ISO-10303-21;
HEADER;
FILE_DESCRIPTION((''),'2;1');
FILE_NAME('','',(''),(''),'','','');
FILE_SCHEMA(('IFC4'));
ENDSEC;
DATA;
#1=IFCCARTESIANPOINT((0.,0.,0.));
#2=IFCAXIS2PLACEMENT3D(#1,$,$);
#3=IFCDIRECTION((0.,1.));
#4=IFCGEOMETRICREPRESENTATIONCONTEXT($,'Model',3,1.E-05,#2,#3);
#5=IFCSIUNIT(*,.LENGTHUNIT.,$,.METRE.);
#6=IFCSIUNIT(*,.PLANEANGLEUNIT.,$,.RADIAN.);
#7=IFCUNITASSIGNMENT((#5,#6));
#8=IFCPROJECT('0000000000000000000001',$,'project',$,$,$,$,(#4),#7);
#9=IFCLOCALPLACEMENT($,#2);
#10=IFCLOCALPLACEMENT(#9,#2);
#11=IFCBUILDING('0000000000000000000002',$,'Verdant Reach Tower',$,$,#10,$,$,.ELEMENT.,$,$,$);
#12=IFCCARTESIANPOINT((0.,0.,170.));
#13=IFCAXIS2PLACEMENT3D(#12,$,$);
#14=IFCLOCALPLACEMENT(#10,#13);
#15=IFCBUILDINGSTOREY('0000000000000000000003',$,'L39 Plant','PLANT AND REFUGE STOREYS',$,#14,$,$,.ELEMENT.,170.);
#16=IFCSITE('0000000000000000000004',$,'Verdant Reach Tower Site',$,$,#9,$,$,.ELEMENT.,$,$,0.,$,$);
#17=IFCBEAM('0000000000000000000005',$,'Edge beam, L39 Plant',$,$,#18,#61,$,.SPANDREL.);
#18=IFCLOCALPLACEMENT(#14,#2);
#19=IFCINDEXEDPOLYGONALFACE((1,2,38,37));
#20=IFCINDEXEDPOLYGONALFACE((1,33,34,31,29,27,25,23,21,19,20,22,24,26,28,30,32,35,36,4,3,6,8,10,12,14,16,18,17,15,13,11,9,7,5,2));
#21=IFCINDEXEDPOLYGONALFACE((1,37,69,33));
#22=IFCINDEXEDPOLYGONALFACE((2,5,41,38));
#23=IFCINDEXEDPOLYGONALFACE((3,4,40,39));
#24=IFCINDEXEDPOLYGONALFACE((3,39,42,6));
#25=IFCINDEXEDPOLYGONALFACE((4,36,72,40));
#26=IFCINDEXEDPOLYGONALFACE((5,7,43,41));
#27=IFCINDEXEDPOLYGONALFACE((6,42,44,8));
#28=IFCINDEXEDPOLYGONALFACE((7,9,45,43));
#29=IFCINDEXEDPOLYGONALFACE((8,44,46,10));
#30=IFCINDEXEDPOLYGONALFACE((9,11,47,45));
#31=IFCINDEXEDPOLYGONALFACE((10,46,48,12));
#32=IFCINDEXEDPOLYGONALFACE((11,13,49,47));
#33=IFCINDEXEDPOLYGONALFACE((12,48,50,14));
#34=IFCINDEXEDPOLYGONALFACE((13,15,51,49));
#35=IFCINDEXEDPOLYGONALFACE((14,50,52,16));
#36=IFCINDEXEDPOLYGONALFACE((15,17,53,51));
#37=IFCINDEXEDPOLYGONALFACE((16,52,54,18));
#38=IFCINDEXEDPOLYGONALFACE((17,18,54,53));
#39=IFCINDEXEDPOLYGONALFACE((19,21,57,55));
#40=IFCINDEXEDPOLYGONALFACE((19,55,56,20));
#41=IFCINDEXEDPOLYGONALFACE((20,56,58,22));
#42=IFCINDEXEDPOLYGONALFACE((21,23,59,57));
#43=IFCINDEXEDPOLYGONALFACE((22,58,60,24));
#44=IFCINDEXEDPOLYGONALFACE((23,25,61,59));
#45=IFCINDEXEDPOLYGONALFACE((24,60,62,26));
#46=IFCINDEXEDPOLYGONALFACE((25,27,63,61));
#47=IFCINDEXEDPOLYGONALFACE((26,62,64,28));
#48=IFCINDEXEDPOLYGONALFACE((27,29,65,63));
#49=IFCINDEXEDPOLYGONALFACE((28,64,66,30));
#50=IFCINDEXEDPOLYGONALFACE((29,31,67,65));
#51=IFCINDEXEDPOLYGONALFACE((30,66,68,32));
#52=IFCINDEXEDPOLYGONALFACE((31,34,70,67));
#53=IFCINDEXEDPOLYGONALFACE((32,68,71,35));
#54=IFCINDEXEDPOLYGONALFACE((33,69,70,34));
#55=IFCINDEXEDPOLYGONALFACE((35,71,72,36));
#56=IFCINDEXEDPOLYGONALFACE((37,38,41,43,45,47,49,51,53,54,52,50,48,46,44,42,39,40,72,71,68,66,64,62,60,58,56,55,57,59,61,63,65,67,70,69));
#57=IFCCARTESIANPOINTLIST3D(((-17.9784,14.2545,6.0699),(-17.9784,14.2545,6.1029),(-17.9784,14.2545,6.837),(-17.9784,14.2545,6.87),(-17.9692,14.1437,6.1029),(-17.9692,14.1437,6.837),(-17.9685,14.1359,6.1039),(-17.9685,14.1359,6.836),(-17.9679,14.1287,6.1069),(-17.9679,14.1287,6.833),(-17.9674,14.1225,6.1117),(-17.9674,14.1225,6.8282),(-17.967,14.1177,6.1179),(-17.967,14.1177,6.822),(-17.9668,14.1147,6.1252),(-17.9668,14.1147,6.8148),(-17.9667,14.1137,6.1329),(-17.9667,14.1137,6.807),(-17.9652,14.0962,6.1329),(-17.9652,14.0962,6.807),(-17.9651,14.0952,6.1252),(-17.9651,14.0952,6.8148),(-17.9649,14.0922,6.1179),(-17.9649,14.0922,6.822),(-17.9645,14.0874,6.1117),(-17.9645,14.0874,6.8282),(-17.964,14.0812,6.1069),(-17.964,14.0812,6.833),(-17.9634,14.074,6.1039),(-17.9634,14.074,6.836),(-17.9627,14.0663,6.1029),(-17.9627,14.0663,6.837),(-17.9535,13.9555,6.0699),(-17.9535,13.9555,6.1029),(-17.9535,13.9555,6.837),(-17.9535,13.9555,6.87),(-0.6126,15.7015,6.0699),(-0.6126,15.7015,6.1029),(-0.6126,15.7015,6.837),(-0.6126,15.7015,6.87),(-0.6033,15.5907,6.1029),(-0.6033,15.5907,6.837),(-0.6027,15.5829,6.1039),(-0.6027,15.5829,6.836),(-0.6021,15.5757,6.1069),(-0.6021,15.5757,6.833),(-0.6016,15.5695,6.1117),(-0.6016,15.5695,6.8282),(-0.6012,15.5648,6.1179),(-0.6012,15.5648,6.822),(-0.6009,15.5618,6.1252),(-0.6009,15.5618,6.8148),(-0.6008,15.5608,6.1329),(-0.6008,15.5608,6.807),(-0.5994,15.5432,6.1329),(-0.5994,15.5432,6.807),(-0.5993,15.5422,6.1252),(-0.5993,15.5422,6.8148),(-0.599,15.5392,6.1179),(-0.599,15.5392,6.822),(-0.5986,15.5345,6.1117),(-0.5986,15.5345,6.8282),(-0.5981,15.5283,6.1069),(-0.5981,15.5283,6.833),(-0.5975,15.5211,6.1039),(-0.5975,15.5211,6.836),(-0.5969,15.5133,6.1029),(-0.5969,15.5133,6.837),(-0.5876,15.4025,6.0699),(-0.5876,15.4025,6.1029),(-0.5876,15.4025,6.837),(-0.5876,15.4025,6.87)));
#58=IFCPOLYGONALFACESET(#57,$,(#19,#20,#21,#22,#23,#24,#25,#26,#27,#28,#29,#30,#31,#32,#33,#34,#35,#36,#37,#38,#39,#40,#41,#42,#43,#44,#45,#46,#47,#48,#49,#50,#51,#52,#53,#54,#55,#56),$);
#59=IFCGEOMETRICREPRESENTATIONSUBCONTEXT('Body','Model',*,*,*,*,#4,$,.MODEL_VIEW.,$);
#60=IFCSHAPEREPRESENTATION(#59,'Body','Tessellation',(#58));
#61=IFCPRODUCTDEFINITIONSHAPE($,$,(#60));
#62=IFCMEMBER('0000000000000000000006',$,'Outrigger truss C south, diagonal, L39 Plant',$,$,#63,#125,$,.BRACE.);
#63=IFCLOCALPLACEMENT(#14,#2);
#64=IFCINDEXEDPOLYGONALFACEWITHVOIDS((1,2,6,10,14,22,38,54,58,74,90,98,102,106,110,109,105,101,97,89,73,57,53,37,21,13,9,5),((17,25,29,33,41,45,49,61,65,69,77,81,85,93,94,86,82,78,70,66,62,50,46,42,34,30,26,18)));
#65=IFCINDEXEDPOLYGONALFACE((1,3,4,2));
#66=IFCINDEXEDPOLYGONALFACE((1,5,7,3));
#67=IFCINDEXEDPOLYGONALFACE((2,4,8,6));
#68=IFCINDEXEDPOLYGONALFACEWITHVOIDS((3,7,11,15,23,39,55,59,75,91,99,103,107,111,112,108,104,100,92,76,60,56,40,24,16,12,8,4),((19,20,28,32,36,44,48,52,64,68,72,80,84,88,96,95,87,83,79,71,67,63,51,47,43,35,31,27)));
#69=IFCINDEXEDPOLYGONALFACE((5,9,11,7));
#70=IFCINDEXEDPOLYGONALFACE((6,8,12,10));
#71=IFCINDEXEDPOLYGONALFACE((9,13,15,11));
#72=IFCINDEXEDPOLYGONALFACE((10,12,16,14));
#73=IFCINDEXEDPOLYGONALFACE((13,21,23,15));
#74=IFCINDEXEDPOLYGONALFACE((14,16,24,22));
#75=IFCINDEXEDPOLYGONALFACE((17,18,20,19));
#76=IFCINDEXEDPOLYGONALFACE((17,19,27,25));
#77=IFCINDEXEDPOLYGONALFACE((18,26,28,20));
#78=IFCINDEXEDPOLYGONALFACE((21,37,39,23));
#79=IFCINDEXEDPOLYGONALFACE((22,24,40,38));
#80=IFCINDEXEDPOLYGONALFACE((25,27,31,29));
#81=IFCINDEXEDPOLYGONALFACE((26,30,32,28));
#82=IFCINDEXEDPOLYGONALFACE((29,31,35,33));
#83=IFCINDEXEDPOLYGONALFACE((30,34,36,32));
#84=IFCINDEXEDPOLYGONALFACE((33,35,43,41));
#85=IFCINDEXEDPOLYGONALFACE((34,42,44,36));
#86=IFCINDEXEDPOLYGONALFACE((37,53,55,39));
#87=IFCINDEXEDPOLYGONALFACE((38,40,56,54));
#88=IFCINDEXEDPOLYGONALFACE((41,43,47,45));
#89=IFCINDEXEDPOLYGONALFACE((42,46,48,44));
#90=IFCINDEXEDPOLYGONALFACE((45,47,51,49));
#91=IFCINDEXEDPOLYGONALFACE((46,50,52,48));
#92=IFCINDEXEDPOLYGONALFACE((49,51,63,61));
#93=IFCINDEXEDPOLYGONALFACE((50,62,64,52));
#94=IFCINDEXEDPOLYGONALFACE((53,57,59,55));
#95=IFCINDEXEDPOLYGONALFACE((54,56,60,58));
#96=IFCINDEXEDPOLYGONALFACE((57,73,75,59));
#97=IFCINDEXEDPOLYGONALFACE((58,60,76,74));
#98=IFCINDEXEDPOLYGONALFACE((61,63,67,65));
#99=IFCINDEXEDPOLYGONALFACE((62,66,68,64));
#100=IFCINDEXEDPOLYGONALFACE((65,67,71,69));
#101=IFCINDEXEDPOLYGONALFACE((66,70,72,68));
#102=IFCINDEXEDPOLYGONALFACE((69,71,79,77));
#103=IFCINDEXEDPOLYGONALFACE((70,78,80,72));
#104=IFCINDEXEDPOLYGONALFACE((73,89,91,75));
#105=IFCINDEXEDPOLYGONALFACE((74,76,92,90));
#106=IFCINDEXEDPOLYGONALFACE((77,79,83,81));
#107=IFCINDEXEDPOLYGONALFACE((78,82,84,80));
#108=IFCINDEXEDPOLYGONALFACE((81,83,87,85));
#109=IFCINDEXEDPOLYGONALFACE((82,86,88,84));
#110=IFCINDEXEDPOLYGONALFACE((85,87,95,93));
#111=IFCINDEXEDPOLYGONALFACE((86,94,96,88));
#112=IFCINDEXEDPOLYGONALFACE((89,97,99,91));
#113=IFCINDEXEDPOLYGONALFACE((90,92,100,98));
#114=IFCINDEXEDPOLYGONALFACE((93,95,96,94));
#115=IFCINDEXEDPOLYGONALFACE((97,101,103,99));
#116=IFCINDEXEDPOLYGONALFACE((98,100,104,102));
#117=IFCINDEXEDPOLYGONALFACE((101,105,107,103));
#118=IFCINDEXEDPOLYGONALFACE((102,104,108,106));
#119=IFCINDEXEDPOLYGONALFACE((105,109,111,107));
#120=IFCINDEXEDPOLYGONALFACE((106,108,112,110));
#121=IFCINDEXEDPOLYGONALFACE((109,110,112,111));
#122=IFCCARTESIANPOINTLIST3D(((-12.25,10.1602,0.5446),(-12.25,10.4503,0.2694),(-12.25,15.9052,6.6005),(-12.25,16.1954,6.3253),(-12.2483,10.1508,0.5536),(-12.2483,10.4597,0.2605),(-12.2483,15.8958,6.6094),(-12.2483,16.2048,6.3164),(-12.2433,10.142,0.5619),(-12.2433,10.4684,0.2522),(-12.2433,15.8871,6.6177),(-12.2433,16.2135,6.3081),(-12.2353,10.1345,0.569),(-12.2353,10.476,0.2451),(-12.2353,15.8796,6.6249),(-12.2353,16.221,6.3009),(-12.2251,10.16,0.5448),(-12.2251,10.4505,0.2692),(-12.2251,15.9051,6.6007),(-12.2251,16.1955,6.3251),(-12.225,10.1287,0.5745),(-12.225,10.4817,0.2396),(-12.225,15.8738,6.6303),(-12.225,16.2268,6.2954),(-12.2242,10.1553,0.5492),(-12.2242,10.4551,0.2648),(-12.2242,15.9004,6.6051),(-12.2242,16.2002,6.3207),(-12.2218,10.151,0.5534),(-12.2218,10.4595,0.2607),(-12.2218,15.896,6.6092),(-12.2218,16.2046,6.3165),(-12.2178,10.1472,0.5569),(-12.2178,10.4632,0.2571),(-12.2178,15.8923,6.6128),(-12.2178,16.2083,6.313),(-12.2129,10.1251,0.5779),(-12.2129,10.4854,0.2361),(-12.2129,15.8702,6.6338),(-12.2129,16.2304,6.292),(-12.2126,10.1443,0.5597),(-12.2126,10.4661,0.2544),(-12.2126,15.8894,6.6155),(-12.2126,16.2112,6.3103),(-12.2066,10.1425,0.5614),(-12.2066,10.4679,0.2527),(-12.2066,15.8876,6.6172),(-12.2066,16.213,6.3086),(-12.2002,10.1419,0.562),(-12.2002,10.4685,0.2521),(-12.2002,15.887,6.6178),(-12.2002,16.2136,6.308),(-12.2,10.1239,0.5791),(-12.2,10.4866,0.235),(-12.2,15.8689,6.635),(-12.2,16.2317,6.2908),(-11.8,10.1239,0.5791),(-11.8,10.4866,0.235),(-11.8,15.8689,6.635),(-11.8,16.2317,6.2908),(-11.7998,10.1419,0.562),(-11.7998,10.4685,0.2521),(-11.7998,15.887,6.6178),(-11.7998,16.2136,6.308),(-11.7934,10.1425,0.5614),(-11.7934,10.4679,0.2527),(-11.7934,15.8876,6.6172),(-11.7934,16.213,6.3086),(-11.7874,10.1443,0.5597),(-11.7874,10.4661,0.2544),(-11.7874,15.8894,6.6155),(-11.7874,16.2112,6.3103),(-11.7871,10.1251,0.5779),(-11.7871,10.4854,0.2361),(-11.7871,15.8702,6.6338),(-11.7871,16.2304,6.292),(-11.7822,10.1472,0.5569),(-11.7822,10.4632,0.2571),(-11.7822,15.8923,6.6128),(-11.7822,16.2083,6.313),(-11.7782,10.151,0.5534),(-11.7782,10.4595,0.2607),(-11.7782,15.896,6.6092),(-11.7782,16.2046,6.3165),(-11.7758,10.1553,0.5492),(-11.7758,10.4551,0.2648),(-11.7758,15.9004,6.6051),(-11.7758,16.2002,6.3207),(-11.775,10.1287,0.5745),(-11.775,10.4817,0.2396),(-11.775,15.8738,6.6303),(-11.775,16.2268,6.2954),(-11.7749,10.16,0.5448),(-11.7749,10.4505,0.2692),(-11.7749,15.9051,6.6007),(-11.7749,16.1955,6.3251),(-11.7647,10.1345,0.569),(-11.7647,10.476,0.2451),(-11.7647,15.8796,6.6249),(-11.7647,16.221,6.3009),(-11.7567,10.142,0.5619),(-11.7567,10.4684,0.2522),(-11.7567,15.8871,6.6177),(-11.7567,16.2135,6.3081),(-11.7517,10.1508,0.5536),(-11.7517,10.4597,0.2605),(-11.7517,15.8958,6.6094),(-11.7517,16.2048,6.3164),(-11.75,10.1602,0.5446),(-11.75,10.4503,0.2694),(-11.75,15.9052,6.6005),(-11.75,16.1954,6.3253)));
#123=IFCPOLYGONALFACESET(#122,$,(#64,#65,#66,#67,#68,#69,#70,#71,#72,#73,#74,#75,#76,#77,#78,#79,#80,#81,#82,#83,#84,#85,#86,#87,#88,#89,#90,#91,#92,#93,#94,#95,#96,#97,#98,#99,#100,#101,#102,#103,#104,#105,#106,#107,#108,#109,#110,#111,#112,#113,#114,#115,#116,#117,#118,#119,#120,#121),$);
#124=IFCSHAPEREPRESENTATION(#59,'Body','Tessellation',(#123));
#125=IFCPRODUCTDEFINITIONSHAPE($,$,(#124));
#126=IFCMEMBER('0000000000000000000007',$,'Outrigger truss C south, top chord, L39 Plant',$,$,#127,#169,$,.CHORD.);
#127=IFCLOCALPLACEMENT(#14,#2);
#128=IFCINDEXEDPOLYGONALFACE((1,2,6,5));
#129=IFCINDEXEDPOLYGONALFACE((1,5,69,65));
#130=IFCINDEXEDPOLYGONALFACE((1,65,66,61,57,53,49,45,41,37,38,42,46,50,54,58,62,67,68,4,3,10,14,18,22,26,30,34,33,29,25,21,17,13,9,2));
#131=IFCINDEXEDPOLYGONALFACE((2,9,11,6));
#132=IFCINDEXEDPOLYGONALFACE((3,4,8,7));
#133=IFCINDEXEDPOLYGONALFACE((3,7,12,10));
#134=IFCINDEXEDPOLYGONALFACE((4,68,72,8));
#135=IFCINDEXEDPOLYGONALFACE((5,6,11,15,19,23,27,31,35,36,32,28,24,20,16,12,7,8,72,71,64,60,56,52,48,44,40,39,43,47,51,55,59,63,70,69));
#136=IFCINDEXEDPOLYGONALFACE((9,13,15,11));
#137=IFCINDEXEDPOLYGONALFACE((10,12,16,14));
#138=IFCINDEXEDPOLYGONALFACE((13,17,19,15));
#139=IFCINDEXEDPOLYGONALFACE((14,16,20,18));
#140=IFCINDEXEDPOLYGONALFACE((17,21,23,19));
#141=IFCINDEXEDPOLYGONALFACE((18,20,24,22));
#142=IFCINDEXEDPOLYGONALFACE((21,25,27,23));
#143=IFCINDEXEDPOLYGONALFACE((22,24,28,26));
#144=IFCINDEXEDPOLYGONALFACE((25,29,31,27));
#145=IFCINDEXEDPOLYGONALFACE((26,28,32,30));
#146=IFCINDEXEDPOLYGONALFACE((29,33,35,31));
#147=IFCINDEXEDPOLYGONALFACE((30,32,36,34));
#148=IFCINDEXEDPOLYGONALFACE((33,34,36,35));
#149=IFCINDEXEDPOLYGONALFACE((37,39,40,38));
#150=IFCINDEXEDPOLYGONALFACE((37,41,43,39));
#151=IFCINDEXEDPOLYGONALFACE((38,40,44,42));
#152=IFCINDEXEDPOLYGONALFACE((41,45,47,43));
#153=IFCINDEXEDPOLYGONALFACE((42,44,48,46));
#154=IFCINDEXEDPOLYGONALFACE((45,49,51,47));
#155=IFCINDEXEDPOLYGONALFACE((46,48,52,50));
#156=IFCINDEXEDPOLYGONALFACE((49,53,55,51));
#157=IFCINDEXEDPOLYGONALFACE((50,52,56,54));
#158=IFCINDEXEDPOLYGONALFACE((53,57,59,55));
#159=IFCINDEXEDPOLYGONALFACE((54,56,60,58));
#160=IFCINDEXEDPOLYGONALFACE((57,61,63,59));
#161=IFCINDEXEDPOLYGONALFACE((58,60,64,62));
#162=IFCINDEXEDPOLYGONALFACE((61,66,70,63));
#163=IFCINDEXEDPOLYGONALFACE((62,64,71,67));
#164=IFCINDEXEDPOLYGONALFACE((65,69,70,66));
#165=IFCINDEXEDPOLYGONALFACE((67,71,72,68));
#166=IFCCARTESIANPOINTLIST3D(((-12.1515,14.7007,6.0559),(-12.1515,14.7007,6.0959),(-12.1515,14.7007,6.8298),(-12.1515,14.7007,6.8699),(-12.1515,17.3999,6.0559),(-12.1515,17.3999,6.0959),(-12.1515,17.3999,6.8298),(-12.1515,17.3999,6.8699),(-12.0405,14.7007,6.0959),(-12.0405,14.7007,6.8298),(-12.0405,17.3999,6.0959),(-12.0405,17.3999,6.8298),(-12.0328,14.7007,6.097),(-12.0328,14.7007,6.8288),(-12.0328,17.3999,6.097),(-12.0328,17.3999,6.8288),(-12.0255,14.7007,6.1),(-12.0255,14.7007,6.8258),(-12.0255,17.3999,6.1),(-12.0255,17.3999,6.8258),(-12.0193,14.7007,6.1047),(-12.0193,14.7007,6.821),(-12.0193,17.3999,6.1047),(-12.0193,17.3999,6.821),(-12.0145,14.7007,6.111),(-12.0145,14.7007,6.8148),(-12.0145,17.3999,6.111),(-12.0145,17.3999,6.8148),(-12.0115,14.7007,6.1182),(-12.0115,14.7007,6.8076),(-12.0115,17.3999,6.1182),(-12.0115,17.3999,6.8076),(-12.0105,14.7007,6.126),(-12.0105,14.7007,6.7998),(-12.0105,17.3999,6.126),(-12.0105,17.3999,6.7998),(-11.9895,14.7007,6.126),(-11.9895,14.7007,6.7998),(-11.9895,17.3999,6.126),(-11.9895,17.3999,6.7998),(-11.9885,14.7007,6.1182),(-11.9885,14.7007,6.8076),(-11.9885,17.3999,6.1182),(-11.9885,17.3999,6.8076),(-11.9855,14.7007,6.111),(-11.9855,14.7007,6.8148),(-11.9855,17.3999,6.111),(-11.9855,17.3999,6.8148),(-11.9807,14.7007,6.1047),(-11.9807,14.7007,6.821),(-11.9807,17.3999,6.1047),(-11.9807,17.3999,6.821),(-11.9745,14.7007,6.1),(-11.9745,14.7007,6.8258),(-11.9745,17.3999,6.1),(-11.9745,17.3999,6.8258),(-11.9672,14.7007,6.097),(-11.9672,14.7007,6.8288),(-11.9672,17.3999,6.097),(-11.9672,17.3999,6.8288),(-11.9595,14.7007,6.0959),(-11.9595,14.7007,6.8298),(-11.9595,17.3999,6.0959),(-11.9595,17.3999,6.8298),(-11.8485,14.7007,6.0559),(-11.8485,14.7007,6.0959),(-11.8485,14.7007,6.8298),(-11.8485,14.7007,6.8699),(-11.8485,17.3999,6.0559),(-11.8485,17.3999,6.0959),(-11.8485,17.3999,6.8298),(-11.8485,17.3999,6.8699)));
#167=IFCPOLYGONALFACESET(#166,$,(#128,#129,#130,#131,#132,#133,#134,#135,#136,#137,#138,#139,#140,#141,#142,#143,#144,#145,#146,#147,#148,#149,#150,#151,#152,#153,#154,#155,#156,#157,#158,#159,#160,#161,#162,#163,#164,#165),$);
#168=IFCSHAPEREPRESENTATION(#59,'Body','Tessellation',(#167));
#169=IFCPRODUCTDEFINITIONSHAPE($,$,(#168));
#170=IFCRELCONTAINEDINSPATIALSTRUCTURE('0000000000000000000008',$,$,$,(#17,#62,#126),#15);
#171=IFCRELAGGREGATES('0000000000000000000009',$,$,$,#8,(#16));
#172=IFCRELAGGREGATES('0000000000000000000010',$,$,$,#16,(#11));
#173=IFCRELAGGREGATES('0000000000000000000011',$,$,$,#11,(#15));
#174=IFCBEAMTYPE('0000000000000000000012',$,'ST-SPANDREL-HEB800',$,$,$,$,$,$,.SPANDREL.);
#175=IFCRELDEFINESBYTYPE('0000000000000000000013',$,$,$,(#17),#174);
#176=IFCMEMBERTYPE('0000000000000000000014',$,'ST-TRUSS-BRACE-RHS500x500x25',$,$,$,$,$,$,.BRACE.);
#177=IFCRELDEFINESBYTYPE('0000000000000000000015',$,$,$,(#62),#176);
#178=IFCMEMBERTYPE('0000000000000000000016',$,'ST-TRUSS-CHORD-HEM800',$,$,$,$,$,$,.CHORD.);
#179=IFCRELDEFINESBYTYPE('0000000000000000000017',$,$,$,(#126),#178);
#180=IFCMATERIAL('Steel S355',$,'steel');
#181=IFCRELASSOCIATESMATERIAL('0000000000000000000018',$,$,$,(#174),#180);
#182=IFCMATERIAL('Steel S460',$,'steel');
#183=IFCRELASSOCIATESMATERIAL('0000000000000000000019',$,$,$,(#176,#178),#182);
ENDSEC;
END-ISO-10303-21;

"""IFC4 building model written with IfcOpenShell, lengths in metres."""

from ifc_helpers import new_model, si_unit, direction, frame, origin, origin_2d, place, context, subcontext, project, spatial, hollow_rectangle, i_section, extrude, material, material_profile, profile_set, type_object, element, save


model = new_model("IFC4")

# Units and contexts
model_context = context("Model", 3, precision=1e-05, world=origin(), true_north=direction((0.0, 1.0)))
body_context = subcontext(model_context, "Body", "Model", "MODEL_VIEW")
ifc_project = project(units=[si_unit("LENGTHUNIT", "METRE"), si_unit("PLANEANGLEUNIT", "RADIAN")], contexts=[model_context])

# Site, building, storey
site_placement = place(None, origin())
site = spatial("IfcSite", under=ifc_project, at=site_placement, Name="Verdant Reach Tower Site", CompositionType="ELEMENT", RefElevation=0.0)
building_placement = place(site_placement, origin())
building = spatial("IfcBuilding", under=site, at=building_placement, Name="Verdant Reach Tower", CompositionType="ELEMENT")
storey_placement = place(building_placement, frame((0.0, 0.0, 170.0)))
storey = spatial("IfcBuildingStorey", under=building, at=storey_placement, Name="L39 Plant", Description="PLANT AND REFUGE STOREYS", CompositionType="ELEMENT", Elevation=170.0)

# Shared definitions
ifc_material_1 = material(Name="Steel S460", Category="steel")

# Beam
ifc_material_2 = material(Name="Steel S355", Category="steel")
ifc_material_profile_1 = material_profile(ifc_material_2, i_section(OverallWidth=0.3, OverallDepth=0.8, WebThickness=0.0176, FlangeThickness=0.033, FilletRadius=0.03, at=origin_2d()), Name="HEB 800")
ifc_profile_set_1 = profile_set([ifc_material_profile_1], Name="Steel S355")
beam_type_1 = type_object("IfcBeamType", Name="ST-SPANDREL-HEB800", PredefinedType="SPANDREL", material=ifc_profile_set_1)
beam_1_placement = place(storey_placement, frame((-0.6001, 15.552, 6.47), z_axis=(-0.996546, -0.083039, 0.0), x_axis=(0.083039, -0.996546, 0.0)))
element("IfcBeam", 1, at=beam_1_placement, inside=storey, type_object=beam_type_1, Name="Edge beam, L39 Plant", PredefinedType="SPANDREL", context=body_context, shape_type="SweptSolid", body=[
    extrude(i_section(OverallWidth=0.3, OverallDepth=0.8, WebThickness=0.0176, FlangeThickness=0.033, FilletRadius=0.03, at=origin_2d()), origin(), (0.0, 0.0, 1.0), 17.426),
])

# Members
ifc_material_profile_2 = material_profile(ifc_material_1, hollow_rectangle(XDim=0.5, YDim=0.5, WallThickness=0.0249, InnerFilletRadius=0.0249, OuterFilletRadius=0.05, at=origin_2d()), Name="RHS 500x500x25")
ifc_profile_set_2 = profile_set([ifc_material_profile_2], Name="Steel S460")
member_type_1 = type_object("IfcMemberType", Name="ST-TRUSS-BRACE-RHS500x500x25", PredefinedType="BRACE", material=ifc_profile_set_2)
member_1_placement = place(storey_placement, frame((-12.0, 16.0503, 6.4629), z_axis=(0.0, -0.688246, -0.725478), x_axis=(1.0, 0.0, 0.0)))
element("IfcMember", 2, at=member_1_placement, inside=storey, type_object=member_type_1, Name="Outrigger truss C south, diagonal, L39 Plant", PredefinedType="BRACE", context=body_context, shape_type="SweptSolid", body=[
    extrude(hollow_rectangle(XDim=0.5, YDim=0.5, WallThickness=0.0249, InnerFilletRadius=0.0249, OuterFilletRadius=0.05, at=origin_2d()), origin(), (0.0, 0.0, 1.0), 8.3474),
])
ifc_material_profile_3 = material_profile(ifc_material_1, i_section(OverallWidth=0.303, OverallDepth=0.814, WebThickness=0.021, FlangeThickness=0.04, FilletRadius=0.03, at=origin_2d()), Name="HEM 800")
ifc_profile_set_3 = profile_set([ifc_material_profile_3], Name="Steel S460")
member_type_2 = type_object("IfcMemberType", Name="ST-TRUSS-CHORD-HEM800", PredefinedType="CHORD", material=ifc_profile_set_3)
member_2_placement = place(storey_placement, frame((-12.0, 17.3999, 6.4629), z_axis=(0.0, -1.0, 0.0), x_axis=(1.0, 0.0, 0.0)))
element("IfcMember", 3, at=member_2_placement, inside=storey, type_object=member_type_2, Name="Outrigger truss C south, top chord, L39 Plant", PredefinedType="CHORD", context=body_context, shape_type="SweptSolid", body=[
    extrude(i_section(OverallWidth=0.303, OverallDepth=0.814, WebThickness=0.021, FlangeThickness=0.04, FilletRadius=0.03, at=origin_2d()), origin(), (0.0, 0.0, 1.0), 2.6992),
])

save(model, "model.ifc")
